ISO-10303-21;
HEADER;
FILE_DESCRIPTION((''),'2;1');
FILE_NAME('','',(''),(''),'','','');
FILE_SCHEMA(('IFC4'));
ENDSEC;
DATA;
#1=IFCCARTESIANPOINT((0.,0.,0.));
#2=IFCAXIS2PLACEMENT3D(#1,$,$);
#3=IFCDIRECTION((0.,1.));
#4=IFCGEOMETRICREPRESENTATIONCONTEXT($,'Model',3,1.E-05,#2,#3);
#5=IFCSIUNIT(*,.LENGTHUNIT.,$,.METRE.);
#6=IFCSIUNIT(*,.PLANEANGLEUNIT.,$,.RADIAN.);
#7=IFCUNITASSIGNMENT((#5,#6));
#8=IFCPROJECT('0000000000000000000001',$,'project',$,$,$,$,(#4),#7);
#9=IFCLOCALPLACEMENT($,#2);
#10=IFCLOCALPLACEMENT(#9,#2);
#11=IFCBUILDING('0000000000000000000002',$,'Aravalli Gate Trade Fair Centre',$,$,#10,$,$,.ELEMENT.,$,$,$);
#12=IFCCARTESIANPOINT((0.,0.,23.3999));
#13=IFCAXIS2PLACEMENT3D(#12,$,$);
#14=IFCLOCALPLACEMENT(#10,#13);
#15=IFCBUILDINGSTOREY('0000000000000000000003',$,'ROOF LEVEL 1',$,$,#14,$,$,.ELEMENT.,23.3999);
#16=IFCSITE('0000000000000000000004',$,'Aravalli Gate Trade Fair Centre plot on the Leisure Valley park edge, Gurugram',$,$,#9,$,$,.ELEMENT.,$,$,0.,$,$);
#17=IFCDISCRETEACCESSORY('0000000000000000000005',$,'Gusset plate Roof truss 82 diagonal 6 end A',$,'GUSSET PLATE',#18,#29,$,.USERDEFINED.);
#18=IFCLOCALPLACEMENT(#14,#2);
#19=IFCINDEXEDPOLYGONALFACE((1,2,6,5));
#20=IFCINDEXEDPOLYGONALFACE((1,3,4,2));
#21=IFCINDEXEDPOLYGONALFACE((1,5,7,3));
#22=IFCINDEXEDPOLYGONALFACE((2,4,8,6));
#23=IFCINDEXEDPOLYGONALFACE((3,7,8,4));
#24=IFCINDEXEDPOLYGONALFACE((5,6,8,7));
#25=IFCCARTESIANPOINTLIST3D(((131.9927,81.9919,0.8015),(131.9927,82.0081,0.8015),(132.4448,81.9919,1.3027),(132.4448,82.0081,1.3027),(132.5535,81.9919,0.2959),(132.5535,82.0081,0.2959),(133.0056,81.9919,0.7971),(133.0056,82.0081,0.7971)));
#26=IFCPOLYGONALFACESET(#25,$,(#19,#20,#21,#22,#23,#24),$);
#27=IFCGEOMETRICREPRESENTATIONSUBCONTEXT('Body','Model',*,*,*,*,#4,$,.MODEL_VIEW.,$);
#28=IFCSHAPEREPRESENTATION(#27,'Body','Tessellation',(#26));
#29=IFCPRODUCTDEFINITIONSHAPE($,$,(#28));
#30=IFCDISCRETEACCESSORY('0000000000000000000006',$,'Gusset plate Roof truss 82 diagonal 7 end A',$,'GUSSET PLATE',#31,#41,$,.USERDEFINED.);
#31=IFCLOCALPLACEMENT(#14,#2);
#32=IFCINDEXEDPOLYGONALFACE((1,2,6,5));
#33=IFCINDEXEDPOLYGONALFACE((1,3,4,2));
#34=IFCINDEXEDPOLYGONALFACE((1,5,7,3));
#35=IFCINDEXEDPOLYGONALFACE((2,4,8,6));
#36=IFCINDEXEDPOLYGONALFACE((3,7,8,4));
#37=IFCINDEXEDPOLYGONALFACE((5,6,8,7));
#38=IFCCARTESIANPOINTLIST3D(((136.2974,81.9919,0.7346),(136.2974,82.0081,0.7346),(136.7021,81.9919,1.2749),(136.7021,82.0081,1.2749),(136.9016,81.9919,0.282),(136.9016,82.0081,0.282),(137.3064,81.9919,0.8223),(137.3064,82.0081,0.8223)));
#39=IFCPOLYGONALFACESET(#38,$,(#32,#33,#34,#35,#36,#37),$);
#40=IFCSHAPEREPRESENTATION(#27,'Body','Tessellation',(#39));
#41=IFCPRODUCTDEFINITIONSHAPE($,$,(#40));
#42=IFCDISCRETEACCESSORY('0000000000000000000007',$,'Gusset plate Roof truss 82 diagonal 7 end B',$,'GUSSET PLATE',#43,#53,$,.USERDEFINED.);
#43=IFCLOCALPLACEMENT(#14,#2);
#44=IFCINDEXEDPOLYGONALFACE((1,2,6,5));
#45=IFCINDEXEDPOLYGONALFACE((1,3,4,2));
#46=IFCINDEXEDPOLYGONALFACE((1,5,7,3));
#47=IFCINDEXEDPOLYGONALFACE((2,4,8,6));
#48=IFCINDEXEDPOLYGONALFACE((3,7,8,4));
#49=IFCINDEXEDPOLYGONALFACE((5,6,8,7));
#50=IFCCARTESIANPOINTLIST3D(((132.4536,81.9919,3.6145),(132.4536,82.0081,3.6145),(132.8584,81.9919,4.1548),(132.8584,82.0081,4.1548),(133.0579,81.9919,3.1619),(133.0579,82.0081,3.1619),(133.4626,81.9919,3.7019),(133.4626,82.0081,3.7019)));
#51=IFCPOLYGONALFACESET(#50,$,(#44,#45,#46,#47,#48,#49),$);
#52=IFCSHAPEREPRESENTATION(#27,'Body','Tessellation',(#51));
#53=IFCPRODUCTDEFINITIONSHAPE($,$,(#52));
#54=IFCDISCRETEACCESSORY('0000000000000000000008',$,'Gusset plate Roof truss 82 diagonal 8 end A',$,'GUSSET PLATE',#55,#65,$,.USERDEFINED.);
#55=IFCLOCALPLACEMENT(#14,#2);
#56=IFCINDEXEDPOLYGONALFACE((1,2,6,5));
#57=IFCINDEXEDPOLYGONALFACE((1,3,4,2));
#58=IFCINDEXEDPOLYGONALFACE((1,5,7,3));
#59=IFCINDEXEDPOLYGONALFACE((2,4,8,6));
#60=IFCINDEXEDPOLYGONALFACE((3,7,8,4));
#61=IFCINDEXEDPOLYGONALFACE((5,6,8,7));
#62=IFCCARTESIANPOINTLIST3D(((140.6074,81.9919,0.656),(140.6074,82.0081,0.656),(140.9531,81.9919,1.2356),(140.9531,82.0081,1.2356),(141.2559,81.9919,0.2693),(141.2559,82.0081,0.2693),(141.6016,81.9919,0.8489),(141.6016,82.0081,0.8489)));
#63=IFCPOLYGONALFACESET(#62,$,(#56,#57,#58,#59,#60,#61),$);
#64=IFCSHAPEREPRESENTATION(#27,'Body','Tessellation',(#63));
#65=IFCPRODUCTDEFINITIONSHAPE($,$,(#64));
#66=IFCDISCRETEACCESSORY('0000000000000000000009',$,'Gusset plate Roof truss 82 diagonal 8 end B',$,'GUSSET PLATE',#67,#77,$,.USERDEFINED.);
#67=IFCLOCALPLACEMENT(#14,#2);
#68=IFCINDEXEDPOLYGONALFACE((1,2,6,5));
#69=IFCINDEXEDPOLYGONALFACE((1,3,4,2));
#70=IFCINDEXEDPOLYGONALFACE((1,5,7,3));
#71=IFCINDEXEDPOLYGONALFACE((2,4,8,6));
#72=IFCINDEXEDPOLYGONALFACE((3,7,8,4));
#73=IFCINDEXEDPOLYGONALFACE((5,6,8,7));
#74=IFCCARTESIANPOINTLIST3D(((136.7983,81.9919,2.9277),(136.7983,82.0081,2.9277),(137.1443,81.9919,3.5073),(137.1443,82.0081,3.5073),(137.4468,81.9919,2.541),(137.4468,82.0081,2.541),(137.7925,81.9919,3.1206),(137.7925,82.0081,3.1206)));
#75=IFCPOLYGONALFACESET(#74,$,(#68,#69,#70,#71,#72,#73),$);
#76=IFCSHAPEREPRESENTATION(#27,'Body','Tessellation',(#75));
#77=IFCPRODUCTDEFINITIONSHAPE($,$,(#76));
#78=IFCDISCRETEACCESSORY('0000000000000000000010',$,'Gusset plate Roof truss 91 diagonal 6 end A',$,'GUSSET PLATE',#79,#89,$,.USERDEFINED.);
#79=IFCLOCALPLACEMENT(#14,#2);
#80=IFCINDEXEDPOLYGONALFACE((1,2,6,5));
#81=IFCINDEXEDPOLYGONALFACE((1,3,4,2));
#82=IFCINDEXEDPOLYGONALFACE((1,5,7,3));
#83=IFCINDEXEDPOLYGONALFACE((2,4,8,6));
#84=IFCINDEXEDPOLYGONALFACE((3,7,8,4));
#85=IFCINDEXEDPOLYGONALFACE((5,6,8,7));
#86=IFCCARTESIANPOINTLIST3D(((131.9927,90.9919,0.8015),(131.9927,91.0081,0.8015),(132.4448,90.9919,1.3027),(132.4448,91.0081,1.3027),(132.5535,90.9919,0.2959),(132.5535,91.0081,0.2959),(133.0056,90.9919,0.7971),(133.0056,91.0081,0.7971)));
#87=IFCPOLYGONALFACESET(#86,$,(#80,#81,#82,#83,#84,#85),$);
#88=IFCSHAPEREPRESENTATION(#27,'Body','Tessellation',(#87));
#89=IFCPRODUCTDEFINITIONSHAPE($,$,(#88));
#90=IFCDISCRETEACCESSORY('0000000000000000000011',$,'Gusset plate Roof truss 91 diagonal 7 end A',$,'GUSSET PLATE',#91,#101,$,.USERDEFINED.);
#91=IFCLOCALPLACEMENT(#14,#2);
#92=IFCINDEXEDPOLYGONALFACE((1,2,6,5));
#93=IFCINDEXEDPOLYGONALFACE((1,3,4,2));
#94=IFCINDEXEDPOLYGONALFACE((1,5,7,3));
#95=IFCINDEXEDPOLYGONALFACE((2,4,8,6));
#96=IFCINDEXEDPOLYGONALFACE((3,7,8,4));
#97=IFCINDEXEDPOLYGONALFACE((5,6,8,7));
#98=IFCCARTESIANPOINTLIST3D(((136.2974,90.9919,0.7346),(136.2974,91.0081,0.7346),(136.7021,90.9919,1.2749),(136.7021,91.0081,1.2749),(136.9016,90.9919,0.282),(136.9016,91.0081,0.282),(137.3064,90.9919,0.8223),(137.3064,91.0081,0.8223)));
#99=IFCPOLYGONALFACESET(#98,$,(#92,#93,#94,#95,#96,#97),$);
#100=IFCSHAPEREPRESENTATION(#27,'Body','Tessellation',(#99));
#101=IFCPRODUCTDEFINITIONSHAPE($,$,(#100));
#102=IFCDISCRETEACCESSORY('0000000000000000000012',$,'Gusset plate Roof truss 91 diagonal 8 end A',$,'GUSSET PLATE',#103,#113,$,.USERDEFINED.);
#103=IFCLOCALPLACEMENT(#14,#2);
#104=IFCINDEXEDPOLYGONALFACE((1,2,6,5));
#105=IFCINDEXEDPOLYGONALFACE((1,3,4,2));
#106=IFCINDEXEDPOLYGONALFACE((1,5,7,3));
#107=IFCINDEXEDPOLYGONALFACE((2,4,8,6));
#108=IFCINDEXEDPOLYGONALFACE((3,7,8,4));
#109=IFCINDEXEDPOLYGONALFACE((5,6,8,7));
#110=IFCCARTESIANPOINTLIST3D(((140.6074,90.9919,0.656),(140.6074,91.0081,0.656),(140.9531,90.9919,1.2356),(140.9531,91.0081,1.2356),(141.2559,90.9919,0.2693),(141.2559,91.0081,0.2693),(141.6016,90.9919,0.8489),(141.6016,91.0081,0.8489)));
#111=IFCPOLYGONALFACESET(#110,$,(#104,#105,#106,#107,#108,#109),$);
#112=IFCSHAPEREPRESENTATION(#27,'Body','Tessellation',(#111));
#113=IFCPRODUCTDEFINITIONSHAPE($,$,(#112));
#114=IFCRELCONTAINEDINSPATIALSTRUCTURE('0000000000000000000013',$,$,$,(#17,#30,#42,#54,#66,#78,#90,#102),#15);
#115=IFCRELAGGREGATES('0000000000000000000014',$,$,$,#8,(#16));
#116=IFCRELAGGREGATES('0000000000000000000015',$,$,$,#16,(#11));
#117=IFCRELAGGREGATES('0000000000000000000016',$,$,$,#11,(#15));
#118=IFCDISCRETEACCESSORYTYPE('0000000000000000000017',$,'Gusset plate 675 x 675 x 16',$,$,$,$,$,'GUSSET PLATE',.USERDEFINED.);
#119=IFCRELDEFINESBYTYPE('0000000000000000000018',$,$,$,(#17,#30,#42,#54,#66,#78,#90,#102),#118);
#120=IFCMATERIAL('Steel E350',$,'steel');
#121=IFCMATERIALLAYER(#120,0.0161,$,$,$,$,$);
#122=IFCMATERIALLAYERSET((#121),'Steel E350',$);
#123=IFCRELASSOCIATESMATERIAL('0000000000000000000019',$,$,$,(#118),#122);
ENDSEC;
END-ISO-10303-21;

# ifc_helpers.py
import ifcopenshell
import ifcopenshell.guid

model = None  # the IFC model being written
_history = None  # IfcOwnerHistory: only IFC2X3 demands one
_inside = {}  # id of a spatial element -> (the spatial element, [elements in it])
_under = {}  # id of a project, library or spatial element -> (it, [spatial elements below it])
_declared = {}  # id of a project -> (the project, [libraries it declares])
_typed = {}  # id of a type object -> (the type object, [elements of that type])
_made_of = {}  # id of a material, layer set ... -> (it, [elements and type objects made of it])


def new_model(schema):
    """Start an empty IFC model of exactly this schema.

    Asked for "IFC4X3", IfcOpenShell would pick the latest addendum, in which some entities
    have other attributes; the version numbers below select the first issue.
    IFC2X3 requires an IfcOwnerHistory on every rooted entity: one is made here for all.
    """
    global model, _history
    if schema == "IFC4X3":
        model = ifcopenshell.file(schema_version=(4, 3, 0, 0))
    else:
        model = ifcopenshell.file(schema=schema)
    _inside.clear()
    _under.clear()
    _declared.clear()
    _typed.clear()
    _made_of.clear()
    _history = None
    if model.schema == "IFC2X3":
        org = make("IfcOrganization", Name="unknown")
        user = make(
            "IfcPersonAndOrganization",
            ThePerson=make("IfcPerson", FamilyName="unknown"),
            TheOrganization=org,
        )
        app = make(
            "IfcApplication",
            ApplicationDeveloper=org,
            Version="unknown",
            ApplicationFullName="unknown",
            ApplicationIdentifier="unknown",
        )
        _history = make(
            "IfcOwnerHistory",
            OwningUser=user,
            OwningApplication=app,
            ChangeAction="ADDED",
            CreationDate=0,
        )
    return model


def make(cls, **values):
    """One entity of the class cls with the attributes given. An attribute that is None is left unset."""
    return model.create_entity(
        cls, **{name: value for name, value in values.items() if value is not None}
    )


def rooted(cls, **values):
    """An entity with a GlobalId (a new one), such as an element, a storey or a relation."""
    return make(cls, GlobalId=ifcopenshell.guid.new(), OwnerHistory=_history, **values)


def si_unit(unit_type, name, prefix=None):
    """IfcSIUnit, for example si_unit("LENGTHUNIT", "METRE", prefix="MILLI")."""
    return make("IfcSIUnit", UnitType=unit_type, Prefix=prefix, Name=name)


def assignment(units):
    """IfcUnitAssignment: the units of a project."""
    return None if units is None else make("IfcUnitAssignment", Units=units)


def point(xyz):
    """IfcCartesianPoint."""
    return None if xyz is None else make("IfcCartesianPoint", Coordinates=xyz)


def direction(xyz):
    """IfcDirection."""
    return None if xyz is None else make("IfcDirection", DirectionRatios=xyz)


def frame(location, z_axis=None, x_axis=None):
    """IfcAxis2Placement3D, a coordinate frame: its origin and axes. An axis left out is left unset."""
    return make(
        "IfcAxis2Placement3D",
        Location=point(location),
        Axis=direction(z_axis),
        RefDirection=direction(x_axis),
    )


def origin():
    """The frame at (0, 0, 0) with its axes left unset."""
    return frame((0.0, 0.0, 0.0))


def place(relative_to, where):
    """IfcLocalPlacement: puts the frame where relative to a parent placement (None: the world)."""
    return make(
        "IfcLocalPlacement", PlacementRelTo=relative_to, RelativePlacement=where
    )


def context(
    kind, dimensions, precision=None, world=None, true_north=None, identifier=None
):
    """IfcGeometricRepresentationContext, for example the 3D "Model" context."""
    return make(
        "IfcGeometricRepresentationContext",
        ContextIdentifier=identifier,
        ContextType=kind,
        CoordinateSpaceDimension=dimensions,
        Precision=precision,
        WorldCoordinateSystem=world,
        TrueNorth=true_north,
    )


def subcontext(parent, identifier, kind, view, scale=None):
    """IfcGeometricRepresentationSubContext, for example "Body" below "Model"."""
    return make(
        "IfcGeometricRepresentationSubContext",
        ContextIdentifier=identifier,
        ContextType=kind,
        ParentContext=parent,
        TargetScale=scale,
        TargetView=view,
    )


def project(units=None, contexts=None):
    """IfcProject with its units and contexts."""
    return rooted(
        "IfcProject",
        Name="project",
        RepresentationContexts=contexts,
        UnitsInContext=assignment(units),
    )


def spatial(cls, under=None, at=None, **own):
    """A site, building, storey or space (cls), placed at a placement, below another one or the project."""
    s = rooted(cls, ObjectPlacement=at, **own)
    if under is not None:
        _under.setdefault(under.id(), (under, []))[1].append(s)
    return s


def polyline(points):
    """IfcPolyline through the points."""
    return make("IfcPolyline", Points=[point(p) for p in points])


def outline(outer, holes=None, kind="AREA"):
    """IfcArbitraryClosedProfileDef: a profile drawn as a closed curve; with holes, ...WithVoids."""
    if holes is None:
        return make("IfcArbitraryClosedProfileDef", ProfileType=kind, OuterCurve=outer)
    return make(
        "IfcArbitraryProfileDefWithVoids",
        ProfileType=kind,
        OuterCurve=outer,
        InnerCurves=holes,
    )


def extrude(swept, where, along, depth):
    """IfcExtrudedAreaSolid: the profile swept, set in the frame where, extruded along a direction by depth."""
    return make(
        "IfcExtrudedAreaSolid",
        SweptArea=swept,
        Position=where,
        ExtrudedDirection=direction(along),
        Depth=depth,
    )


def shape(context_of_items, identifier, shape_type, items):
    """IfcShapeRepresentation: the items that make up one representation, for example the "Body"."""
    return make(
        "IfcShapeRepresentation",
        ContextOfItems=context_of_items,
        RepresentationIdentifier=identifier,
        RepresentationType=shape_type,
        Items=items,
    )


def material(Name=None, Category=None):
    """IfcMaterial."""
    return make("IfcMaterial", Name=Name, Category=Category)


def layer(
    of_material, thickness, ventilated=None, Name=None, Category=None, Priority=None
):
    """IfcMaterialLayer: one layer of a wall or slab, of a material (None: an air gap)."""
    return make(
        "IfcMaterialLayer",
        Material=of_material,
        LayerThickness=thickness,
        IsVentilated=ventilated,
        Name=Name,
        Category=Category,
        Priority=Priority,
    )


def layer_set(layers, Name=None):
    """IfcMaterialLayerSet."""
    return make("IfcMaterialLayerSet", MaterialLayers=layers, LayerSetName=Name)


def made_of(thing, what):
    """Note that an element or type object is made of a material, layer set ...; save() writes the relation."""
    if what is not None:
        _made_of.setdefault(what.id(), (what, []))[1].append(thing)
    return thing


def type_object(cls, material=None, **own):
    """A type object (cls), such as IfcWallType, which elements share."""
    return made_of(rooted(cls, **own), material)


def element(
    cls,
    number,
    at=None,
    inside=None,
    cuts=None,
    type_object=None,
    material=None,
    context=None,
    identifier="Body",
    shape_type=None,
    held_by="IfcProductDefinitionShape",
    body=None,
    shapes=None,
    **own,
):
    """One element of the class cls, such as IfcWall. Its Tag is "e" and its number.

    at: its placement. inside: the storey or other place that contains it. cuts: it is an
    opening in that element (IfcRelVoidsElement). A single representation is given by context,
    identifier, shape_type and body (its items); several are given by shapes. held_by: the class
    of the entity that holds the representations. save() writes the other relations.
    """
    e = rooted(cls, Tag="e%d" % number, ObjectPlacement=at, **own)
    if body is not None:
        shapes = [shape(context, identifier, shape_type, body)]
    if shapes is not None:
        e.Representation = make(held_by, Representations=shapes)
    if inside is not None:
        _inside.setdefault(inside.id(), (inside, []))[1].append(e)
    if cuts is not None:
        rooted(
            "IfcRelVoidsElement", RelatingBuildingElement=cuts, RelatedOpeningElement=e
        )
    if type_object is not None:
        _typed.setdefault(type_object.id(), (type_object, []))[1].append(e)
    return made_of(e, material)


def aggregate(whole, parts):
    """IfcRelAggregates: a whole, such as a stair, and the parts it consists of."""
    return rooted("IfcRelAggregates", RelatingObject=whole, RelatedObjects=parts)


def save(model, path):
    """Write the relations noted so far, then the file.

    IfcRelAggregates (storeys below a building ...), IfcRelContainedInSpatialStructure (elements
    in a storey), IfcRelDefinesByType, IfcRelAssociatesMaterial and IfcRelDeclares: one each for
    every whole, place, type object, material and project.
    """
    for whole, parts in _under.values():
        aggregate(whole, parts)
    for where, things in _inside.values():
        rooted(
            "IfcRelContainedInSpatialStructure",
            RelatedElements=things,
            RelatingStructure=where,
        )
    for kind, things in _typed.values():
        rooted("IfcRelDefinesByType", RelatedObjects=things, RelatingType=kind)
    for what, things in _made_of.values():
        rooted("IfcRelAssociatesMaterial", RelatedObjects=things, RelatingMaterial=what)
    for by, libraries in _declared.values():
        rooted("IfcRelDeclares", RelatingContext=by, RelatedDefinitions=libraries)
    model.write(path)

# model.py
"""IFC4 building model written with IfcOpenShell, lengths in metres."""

from ifc_helpers import new_model, si_unit, direction, frame, origin, place, context, subcontext, project, spatial, polyline, outline, extrude, material, layer, layer_set, type_object, element, save


model = new_model("IFC4")

# Units and contexts
model_context = context("Model", 3, precision=1e-05, world=origin(), true_north=direction((0.0, 1.0)))
body_context = subcontext(model_context, "Body", "Model", "MODEL_VIEW")
ifc_project = project(units=[si_unit("LENGTHUNIT", "METRE"), si_unit("PLANEANGLEUNIT", "RADIAN")], contexts=[model_context])

# Site, building, storey
site_placement = place(None, origin())
site = spatial("IfcSite", under=ifc_project, at=site_placement, Name="Aravalli Gate Trade Fair Centre plot on the Leisure Valley park edge, Gurugram", CompositionType="ELEMENT", RefElevation=0.0)
building_placement = place(site_placement, origin())
building = spatial("IfcBuilding", under=site, at=building_placement, Name="Aravalli Gate Trade Fair Centre", CompositionType="ELEMENT")
storey_placement = place(building_placement, frame((0.0, 0.0, 23.3999)))
storey = spatial("IfcBuildingStorey", under=building, at=storey_placement, Name="ROOF LEVEL 1", CompositionType="ELEMENT", Elevation=23.3999)

# Shared definitions
ifc_material_1 = material(Name="Steel E350", Category="steel")

# Discrete accessories
ifc_layer_1 = layer(ifc_material_1, 0.0161)
ifc_layer_set_1 = layer_set([ifc_layer_1], Name="Steel E350")
discrete_accessory_type_1 = type_object("IfcDiscreteAccessoryType", Name="Gusset plate 675 x 675 x 16", ElementType="GUSSET PLATE", PredefinedType="USERDEFINED", material=ifc_layer_set_1)
discrete_accessory_1_placement = place(storey_placement, frame((131.9927, 81.9919, 0.8015), z_axis=(0.0, -1.0, 0.0), x_axis=(0.742699, 0.0, -0.669625)))
element("IfcDiscreteAccessory", 1, at=discrete_accessory_1_placement, inside=storey, type_object=discrete_accessory_type_1, Name="Gusset plate Roof truss 82 diagonal 6 end A", ObjectType="GUSSET PLATE", PredefinedType="USERDEFINED", context=body_context, shape_type="SweptSolid", body=[
    extrude(outline(polyline([(0.0, 0.0), (0.7551, 0.0), (0.7553, 0.675), (0.0002, 0.675), (0.0, 0.0)])), origin(), (0.0, 0.0, -1.0), 0.0161),
])
discrete_accessory_2_placement = place(storey_placement, frame((136.2974, 81.9919, 0.7346), z_axis=(0.0, -1.0, 0.0), x_axis=(0.800349, 0.0, -0.599534)))
element("IfcDiscreteAccessory", 2, at=discrete_accessory_2_placement, inside=storey, type_object=discrete_accessory_type_1, Name="Gusset plate Roof truss 82 diagonal 7 end A", ObjectType="GUSSET PLATE", PredefinedType="USERDEFINED", context=body_context, shape_type="SweptSolid", body=[
    extrude(outline(polyline([(0.0, 0.0), (0.755, 0.0), (0.755, 0.6751), (0.0001, 0.6751), (0.0, 0.0)])), origin(), (0.0, 0.0, -1.0), 0.0161),
])
discrete_accessory_3_placement = place(storey_placement, frame((133.0579, 82.0081, 3.1619), z_axis=(0.0, 1.0, 0.0), x_axis=(-0.800349, 0.0, 0.599534)))
element("IfcDiscreteAccessory", 3, at=discrete_accessory_3_placement, inside=storey, type_object=discrete_accessory_type_1, Name="Gusset plate Roof truss 82 diagonal 7 end B", ObjectType="GUSSET PLATE", PredefinedType="USERDEFINED", context=body_context, shape_type="SweptSolid", body=[
    extrude(outline(polyline([(0.0, 0.0), (0.755, 0.0), (0.7549, 0.6751), (-0.0002, 0.6749), (0.0, 0.0)])), origin(), (0.0, 0.0, -1.0), 0.0161),
])
discrete_accessory_4_placement = place(storey_placement, frame((140.6074, 81.9919, 0.656), z_axis=(0.0, -1.0, 0.0), x_axis=(0.858859, 0.0, -0.512211)))
element("IfcDiscreteAccessory", 4, at=discrete_accessory_4_placement, inside=storey, type_object=discrete_accessory_type_1, Name="Gusset plate Roof truss 82 diagonal 8 end A", ObjectType="GUSSET PLATE", PredefinedType="USERDEFINED", context=body_context, shape_type="SweptSolid", body=[
    extrude(outline(polyline([(0.0, 0.0), (0.755, 0.0), (0.755, 0.6749), (0.0, 0.6749), (0.0, 0.0)])), origin(), (0.0, 0.0, -1.0), 0.0161),
])
discrete_accessory_5_placement = place(storey_placement, frame((137.4468, 82.0081, 2.541), z_axis=(0.0, 1.0, 0.0), x_axis=(-0.858859, 0.0, 0.512211)))
element("IfcDiscreteAccessory", 5, at=discrete_accessory_5_placement, inside=storey, type_object=discrete_accessory_type_1, Name="Gusset plate Roof truss 82 diagonal 8 end B", ObjectType="GUSSET PLATE", PredefinedType="USERDEFINED", context=body_context, shape_type="SweptSolid", body=[
    extrude(outline(polyline([(0.0, 0.0), (0.755, 0.0), (0.7548, 0.675), (0.0, 0.6749), (0.0, 0.0)])), origin(), (0.0, 0.0, -1.0), 0.0161),
])
discrete_accessory_6_placement = place(storey_placement, frame((131.9927, 90.9919, 0.8015), z_axis=(0.0, -1.0, 0.0), x_axis=(0.742699, 0.0, -0.669625)))
element("IfcDiscreteAccessory", 6, at=discrete_accessory_6_placement, inside=storey, type_object=discrete_accessory_type_1, Name="Gusset plate Roof truss 91 diagonal 6 end A", ObjectType="GUSSET PLATE", PredefinedType="USERDEFINED", context=body_context, shape_type="SweptSolid", body=[
    extrude(outline(polyline([(0.0, 0.0), (0.7551, 0.0), (0.7553, 0.675), (0.0002, 0.675), (0.0, 0.0)])), origin(), (0.0, 0.0, -1.0), 0.0161),
])
discrete_accessory_7_placement = place(storey_placement, frame((136.2974, 90.9919, 0.7346), z_axis=(0.0, -1.0, 0.0), x_axis=(0.800349, 0.0, -0.599534)))
element("IfcDiscreteAccessory", 7, at=discrete_accessory_7_placement, inside=storey, type_object=discrete_accessory_type_1, Name="Gusset plate Roof truss 91 diagonal 7 end A", ObjectType="GUSSET PLATE", PredefinedType="USERDEFINED", context=body_context, shape_type="SweptSolid", body=[
    extrude(outline(polyline([(0.0, 0.0), (0.755, 0.0), (0.755, 0.6751), (0.0001, 0.6751), (0.0, 0.0)])), origin(), (0.0, 0.0, -1.0), 0.0161),
])
discrete_accessory_8_placement = place(storey_placement, frame((140.6074, 90.9919, 0.656), z_axis=(0.0, -1.0, 0.0), x_axis=(0.858859, 0.0, -0.512211)))
element("IfcDiscreteAccessory", 8, at=discrete_accessory_8_placement, inside=storey, type_object=discrete_accessory_type_1, Name="Gusset plate Roof truss 91 diagonal 8 end A", ObjectType="GUSSET PLATE", PredefinedType="USERDEFINED", context=body_context, shape_type="SweptSolid", body=[
    extrude(outline(polyline([(0.0, 0.0), (0.755, 0.0), (0.755, 0.6749), (0.0, 0.6749), (0.0, 0.0)])), origin(), (0.0, 0.0, -1.0), 0.0161),
])

save(model, "model.ifc")
